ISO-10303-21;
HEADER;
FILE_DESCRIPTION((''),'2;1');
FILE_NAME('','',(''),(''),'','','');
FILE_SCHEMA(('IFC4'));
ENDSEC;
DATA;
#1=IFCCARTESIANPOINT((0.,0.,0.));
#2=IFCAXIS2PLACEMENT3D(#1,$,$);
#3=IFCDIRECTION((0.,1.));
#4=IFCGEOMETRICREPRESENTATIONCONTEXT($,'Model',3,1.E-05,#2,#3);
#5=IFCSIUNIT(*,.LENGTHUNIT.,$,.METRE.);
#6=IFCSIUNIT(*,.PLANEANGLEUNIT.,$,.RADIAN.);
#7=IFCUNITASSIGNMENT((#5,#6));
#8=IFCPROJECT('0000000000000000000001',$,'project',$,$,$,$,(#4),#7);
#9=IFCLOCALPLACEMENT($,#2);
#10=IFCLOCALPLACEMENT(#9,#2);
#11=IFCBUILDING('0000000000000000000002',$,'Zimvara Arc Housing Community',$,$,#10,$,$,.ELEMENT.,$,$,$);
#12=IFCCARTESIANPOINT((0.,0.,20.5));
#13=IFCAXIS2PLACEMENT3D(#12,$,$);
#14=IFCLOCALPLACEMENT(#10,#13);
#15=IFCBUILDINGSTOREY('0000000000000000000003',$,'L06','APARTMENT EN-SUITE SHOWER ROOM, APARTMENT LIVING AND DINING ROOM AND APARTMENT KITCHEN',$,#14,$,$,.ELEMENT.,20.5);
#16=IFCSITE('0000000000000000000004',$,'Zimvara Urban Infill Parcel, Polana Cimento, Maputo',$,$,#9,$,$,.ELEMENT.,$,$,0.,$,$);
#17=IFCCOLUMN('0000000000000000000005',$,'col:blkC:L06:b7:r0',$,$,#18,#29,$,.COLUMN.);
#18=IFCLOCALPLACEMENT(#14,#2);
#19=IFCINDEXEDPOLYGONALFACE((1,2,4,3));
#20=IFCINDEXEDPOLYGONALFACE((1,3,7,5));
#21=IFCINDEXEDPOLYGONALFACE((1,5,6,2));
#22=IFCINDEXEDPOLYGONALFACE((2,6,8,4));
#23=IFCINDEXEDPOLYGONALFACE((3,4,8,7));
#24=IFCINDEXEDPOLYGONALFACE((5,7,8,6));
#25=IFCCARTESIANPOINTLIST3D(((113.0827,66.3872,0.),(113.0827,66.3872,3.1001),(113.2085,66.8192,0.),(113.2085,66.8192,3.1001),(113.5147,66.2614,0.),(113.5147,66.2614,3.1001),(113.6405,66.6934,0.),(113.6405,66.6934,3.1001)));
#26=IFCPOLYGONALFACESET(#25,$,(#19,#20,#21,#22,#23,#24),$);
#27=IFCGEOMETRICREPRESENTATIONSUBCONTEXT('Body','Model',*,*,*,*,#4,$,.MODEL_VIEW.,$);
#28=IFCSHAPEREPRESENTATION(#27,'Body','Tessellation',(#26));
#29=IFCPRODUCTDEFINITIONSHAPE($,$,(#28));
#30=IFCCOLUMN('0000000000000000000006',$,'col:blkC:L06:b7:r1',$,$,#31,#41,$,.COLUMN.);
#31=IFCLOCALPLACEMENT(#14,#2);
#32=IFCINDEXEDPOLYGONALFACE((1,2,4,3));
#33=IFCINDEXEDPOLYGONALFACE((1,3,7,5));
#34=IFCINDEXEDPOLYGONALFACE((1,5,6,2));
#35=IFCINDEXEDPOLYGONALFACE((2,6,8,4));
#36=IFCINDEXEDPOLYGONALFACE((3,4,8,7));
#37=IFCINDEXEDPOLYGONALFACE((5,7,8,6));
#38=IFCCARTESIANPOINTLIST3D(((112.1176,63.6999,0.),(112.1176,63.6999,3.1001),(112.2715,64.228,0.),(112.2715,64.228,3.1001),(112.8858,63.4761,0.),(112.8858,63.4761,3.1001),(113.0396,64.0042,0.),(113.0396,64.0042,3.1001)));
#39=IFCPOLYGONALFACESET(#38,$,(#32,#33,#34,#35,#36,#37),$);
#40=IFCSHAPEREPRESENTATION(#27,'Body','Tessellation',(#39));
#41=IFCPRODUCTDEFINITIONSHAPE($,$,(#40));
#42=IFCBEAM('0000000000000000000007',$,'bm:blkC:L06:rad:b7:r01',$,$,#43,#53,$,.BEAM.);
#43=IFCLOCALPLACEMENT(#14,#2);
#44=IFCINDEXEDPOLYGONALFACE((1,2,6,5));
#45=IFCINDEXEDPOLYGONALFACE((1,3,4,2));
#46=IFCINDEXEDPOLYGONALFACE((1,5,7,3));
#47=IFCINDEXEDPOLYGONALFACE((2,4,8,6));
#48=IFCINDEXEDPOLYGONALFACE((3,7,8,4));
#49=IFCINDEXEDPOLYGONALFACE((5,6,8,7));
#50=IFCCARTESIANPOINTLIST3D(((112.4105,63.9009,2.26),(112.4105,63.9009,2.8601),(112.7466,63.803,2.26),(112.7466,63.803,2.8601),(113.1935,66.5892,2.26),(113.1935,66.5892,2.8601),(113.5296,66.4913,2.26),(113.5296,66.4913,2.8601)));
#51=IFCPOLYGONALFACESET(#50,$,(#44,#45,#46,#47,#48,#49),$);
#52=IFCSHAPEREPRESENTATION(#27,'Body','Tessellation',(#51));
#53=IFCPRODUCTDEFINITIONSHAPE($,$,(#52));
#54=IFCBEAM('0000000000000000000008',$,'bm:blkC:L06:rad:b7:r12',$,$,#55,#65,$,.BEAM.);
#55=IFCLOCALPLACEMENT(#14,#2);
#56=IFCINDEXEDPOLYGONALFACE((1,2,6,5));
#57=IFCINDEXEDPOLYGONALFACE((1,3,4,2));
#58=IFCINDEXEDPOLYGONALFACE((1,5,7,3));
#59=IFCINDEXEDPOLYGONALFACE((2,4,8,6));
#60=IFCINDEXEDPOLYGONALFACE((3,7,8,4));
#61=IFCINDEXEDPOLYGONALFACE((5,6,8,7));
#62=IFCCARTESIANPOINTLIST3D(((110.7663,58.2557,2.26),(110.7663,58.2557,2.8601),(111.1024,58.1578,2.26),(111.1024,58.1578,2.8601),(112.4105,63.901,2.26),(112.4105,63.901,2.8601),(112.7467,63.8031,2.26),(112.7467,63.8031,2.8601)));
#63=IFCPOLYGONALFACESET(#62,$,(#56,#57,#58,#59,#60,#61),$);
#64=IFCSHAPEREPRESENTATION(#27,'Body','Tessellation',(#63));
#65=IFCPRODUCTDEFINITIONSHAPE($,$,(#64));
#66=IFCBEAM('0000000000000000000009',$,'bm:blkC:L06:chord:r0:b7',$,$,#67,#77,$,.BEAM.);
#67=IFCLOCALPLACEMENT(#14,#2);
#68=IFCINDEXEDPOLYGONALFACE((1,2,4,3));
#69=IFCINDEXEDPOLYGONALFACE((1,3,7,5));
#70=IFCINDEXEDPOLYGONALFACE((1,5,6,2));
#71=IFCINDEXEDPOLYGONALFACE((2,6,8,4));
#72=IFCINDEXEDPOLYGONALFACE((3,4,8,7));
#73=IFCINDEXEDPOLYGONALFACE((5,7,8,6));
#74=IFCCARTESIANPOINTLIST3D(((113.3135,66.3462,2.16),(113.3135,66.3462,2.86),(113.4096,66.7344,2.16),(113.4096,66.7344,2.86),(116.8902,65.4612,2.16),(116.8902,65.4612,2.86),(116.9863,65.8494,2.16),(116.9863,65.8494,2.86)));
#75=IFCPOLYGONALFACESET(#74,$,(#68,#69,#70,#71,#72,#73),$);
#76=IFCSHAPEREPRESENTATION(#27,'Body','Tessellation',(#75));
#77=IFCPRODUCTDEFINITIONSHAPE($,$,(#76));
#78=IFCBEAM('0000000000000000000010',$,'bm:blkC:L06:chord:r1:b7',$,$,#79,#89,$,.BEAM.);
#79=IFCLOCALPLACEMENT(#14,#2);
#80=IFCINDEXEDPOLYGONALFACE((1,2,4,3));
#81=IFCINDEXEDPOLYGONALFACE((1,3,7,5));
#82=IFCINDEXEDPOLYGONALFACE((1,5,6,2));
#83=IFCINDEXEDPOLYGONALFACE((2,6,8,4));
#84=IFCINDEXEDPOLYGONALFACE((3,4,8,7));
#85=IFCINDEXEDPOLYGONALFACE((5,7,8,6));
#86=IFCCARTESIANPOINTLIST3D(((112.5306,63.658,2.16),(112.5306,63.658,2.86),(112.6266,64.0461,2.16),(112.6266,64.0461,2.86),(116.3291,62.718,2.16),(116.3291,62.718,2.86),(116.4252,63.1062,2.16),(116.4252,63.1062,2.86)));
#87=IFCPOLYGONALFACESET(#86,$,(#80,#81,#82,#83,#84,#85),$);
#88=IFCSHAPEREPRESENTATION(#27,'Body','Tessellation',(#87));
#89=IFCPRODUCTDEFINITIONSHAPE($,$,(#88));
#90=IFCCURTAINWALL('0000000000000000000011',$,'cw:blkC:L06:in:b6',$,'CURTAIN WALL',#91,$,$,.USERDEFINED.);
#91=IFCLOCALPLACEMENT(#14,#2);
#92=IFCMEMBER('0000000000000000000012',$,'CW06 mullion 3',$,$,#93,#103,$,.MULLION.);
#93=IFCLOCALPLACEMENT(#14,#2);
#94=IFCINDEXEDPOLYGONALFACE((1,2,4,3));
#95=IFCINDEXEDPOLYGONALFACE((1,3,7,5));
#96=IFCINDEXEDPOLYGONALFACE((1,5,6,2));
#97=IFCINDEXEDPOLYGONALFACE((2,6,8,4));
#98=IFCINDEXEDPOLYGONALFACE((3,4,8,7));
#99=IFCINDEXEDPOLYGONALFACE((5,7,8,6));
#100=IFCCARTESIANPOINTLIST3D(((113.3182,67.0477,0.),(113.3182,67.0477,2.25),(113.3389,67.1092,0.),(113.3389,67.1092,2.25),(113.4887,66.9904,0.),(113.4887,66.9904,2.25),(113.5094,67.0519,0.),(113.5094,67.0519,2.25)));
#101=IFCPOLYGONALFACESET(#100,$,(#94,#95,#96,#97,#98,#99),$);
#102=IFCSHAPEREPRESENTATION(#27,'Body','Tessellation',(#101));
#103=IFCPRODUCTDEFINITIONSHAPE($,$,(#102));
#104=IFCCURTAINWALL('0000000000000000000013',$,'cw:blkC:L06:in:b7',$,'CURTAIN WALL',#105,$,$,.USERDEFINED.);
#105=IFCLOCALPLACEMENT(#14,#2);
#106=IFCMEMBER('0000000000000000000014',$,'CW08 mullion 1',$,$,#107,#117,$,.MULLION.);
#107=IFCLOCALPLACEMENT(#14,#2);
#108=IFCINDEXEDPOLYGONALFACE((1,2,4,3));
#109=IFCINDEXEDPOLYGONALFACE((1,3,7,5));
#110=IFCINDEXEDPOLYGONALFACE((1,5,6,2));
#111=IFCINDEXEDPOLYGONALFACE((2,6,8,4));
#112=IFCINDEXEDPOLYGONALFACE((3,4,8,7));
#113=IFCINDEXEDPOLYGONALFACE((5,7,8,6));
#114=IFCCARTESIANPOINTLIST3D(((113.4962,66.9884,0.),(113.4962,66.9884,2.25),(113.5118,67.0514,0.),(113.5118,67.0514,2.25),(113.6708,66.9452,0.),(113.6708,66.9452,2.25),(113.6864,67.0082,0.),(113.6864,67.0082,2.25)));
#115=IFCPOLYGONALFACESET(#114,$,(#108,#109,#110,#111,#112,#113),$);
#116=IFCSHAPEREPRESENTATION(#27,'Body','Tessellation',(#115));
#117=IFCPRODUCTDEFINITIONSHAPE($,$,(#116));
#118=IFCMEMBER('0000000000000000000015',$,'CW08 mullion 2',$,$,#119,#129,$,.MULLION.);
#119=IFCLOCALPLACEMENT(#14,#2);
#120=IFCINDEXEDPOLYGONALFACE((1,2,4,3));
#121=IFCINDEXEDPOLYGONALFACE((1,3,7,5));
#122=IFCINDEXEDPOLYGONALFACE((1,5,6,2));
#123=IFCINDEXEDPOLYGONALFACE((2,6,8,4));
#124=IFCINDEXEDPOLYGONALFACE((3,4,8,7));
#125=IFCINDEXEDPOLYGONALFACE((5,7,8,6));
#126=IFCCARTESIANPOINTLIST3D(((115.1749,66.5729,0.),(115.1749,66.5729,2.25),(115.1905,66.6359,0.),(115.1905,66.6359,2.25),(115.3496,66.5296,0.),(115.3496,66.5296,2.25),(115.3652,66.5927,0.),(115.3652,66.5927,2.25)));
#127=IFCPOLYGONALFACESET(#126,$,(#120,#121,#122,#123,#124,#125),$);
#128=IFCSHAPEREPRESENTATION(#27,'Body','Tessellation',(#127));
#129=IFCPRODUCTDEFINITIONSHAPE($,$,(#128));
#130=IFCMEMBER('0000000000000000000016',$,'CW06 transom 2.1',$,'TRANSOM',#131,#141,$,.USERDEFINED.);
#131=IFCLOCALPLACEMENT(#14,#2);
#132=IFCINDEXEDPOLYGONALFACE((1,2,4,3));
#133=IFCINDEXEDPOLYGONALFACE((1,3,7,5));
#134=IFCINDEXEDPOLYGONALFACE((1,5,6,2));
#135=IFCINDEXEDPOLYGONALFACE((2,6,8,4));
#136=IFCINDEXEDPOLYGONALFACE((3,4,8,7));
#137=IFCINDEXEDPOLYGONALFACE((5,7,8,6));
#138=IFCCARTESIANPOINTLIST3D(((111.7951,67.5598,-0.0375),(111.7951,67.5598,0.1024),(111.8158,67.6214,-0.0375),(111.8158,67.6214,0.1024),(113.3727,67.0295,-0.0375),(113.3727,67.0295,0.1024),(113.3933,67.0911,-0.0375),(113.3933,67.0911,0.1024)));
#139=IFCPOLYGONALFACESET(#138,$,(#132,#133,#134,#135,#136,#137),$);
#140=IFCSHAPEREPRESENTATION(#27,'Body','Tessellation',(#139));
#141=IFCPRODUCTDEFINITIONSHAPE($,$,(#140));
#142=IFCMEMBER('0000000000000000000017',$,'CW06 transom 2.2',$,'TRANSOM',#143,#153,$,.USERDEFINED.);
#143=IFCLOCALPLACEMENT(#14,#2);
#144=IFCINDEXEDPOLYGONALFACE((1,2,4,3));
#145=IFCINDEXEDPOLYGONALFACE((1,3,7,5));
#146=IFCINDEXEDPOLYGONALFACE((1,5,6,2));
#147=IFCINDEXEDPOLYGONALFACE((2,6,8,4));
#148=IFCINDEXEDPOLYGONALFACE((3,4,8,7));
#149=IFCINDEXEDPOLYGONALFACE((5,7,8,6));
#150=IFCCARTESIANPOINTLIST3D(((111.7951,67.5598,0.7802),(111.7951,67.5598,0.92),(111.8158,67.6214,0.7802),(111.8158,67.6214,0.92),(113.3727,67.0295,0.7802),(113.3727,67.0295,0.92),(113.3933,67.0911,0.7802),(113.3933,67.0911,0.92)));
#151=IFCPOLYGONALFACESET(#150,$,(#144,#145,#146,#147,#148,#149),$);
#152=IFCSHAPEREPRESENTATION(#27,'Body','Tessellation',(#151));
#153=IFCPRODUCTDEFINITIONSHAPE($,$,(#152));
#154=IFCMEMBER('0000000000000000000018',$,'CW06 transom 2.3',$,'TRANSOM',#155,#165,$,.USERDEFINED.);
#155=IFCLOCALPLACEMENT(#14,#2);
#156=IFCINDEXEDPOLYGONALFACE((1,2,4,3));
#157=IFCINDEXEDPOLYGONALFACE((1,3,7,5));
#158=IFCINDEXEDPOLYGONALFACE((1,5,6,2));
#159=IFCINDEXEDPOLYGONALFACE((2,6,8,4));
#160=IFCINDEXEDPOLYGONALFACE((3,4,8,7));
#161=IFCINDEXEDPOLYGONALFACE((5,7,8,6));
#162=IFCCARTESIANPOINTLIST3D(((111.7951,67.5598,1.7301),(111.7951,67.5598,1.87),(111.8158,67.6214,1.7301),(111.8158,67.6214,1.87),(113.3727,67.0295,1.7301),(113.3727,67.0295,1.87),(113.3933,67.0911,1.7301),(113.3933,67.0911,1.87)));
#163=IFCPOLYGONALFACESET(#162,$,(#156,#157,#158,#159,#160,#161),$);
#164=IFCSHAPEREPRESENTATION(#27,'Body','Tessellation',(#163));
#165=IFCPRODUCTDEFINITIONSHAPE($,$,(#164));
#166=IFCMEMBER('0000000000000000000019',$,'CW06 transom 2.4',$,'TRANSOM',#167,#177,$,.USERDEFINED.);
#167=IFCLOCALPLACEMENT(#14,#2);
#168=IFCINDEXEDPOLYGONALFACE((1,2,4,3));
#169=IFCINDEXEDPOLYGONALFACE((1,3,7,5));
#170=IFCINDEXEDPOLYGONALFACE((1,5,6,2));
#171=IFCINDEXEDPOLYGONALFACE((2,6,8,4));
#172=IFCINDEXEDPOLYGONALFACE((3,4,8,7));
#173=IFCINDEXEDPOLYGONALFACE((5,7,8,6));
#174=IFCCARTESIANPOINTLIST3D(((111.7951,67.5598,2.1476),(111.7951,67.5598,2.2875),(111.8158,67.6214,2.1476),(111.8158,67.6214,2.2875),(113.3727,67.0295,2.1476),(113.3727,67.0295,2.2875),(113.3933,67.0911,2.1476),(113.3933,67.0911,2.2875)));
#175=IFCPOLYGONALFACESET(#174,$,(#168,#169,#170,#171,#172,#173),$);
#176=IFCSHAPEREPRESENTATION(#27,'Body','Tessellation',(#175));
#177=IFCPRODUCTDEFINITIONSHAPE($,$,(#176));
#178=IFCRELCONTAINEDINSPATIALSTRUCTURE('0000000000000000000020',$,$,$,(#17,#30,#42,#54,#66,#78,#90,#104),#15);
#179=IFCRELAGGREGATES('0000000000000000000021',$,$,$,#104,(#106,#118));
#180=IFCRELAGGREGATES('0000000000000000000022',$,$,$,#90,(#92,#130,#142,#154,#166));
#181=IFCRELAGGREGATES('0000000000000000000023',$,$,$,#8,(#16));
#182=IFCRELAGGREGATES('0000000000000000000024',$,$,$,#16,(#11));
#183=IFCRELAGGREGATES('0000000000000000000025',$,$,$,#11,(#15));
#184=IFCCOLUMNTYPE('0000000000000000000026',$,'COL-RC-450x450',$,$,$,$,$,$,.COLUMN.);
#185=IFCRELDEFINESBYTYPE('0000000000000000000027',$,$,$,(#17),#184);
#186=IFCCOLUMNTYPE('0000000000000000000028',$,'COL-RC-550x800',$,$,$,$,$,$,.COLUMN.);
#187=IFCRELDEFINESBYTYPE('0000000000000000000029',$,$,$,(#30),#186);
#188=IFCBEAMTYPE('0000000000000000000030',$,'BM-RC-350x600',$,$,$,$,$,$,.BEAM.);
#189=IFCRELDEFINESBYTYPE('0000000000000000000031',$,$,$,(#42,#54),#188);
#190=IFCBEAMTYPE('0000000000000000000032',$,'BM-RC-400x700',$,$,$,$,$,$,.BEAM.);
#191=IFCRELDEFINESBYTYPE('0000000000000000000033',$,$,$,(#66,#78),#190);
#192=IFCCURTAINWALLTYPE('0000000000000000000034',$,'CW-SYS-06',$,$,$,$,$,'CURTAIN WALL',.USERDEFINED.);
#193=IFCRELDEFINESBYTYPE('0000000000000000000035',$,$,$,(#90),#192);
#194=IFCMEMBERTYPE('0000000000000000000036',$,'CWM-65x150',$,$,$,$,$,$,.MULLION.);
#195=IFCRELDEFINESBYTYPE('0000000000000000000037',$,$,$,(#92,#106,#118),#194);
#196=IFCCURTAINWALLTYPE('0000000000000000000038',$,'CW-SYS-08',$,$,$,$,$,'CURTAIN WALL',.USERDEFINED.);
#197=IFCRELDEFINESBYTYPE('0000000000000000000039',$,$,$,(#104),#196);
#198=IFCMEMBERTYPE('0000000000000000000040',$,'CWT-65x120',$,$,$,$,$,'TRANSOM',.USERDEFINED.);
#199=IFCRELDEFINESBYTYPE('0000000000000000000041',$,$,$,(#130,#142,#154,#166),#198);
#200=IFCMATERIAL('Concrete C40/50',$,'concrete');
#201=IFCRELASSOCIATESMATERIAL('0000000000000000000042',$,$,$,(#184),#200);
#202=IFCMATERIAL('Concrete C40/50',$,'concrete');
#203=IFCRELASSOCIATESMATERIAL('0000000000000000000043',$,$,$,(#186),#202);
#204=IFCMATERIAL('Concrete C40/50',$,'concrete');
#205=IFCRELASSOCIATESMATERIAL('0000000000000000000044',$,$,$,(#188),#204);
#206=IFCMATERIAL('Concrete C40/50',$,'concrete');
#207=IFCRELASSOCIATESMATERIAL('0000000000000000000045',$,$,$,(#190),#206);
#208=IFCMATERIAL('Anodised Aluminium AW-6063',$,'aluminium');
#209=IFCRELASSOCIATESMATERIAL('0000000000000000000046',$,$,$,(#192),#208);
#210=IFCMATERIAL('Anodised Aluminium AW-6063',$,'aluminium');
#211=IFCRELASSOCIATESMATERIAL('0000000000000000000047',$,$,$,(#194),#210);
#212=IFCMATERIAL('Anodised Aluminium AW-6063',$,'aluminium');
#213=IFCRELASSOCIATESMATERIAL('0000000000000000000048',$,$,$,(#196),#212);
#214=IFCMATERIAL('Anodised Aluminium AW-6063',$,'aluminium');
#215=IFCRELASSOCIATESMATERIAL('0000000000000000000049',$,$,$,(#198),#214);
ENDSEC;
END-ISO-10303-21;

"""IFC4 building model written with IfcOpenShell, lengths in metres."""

from ifc_helpers import new_model, si_unit, direction, frame, origin, origin_2d, place, context, subcontext, project, spatial, rectangle, extrude, material, material_profile, profile_set, type_object, element, aggregate, save


model = new_model("IFC4")

# Units and contexts
model_context = context("Model", 3, precision=1e-05, world=origin(), true_north=direction((0.0, 1.0)))
body_context = subcontext(model_context, "Body", "Model", "MODEL_VIEW")
ifc_project = project(units=[si_unit("LENGTHUNIT", "METRE"), si_unit("PLANEANGLEUNIT", "RADIAN")], contexts=[model_context])

# Site, building, storey
site_placement = place(None, origin())
site = spatial("IfcSite", under=ifc_project, at=site_placement, Name="Zimvara Urban Infill Parcel, Polana Cimento, Maputo", CompositionType="ELEMENT", RefElevation=0.0)
building_placement = place(site_placement, origin())
building = spatial("IfcBuilding", under=site, at=building_placement, Name="Zimvara Arc Housing Community", CompositionType="ELEMENT")
storey_placement = place(building_placement, frame((0.0, 0.0, 20.5)))
storey = spatial("IfcBuildingStorey", under=building, at=storey_placement, Name="L06", Description="APARTMENT EN-SUITE SHOWER ROOM, APARTMENT LIVING AND DINING ROOM AND APARTMENT KITCHEN", CompositionType="ELEMENT", Elevation=20.5)

# Columns
ifc_material_1 = material(Name="Concrete C40/50", Category="concrete")
ifc_material_profile_1 = material_profile(ifc_material_1, rectangle(XDim=0.45, YDim=0.45, at=origin_2d()), Name="RC 450x450")
ifc_profile_set_1 = profile_set([ifc_material_profile_1], Name="Concrete C40/50")
column_type_1 = type_object("IfcColumnType", Name="COL-RC-450x450", PredefinedType="COLUMN", material=ifc_profile_set_1)
column_1_placement = place(storey_placement, frame((113.3616, 66.5403, 0.0), z_axis=(0.0, 0.0, 1.0), x_axis=(-0.279661, -0.960099, 0.0)))
element("IfcColumn", 1, at=column_1_placement, inside=storey, type_object=column_type_1, Name="col:blkC:L06:b7:r0", PredefinedType="COLUMN", context=body_context, shape_type="SweptSolid", body=[
    extrude(rectangle(XDim=0.45, YDim=0.45, at=origin_2d()), origin(), (0.0, 0.0, 1.0), 3.1001),
])
ifc_material_2 = material(Name="Concrete C40/50", Category="concrete")
ifc_material_profile_2 = material_profile(ifc_material_2, rectangle(XDim=0.55, YDim=0.8, at=origin_2d()), Name="RC 550x800")
ifc_profile_set_2 = profile_set([ifc_material_profile_2], Name="Concrete C40/50")
column_type_2 = type_object("IfcColumnType", Name="COL-RC-550x800", PredefinedType="COLUMN", material=ifc_profile_set_2)
column_2_placement = place(storey_placement, frame((112.5786, 63.8521, 0.0), z_axis=(0.0, 0.0, 1.0), x_axis=(-0.279661, -0.960099, 0.0)))
element("IfcColumn", 2, at=column_2_placement, inside=storey, type_object=column_type_2, Name="col:blkC:L06:b7:r1", PredefinedType="COLUMN", context=body_context, shape_type="SweptSolid", body=[
    extrude(rectangle(XDim=0.55, YDim=0.8, at=origin_2d()), origin(), (0.0, 0.0, 1.0), 3.1001),
])

# Beams
ifc_material_3 = material(Name="Concrete C40/50", Category="concrete")
ifc_material_profile_3 = material_profile(ifc_material_3, rectangle(XDim=0.3501, YDim=0.6001, at=origin_2d()), Name="RC 350x600")
ifc_profile_set_3 = profile_set([ifc_material_profile_3], Name="Concrete C40/50")
beam_type_1 = type_object("IfcBeamType", Name="BM-RC-350x600", PredefinedType="BEAM", material=ifc_profile_set_3)
beam_1_placement = place(storey_placement, frame((113.3616, 66.5403, 2.5601), z_axis=(-0.279635, -0.960106, 0.0), x_axis=(0.960106, -0.279635, 0.0)))
element("IfcBeam", 3, at=beam_1_placement, inside=storey, type_object=beam_type_1, Name="bm:blkC:L06:rad:b7:r01", PredefinedType="BEAM", context=body_context, shape_type="SweptSolid", body=[
    extrude(rectangle(XDim=0.3501, YDim=0.6001, at=origin_2d()), origin(), (0.0, 0.0, 1.0), 2.8),
])
beam_2_placement = place(storey_placement, frame((112.5786, 63.8521, 2.5601), z_axis=(-0.279648, -0.960103, 0.0), x_axis=(0.960103, -0.279648, 0.0)))
element("IfcBeam", 4, at=beam_2_placement, inside=storey, type_object=beam_type_1, Name="bm:blkC:L06:rad:b7:r12", PredefinedType="BEAM", context=body_context, shape_type="SweptSolid", body=[
    extrude(rectangle(XDim=0.3501, YDim=0.6001, at=origin_2d()), origin(), (0.0, 0.0, 1.0), 5.8799),
])
ifc_material_4 = material(Name="Concrete C40/50", Category="concrete")
ifc_material_profile_4 = material_profile(ifc_material_4, rectangle(XDim=0.3999, YDim=0.7, at=origin_2d()), Name="RC 400x700")
ifc_profile_set_4 = profile_set([ifc_material_profile_4], Name="Concrete C40/50")
beam_type_2 = type_object("IfcBeamType", Name="BM-RC-400x700", PredefinedType="BEAM", material=ifc_profile_set_4)
beam_3_placement = place(storey_placement, frame((113.3616, 66.5403, 2.51), z_axis=(0.970724, -0.240196, 0.0), x_axis=(0.240196, 0.970724, 0.0)))
element("IfcBeam", 5, at=beam_3_placement, inside=storey, type_object=beam_type_2, Name="bm:blkC:L06:chord:r0:b7", PredefinedType="BEAM", context=body_context, shape_type="SweptSolid", body=[
    extrude(rectangle(XDim=0.3999, YDim=0.7, at=origin_2d()), origin(), (0.0, 0.0, 1.0), 3.6846),
])
beam_4_placement = place(storey_placement, frame((112.5786, 63.8521, 2.51), z_axis=(0.970723, -0.240201, 0.0), x_axis=(0.240201, 0.970723, 0.0)))
element("IfcBeam", 6, at=beam_4_placement, inside=storey, type_object=beam_type_2, Name="bm:blkC:L06:chord:r1:b7", PredefinedType="BEAM", context=body_context, shape_type="SweptSolid", body=[
    extrude(rectangle(XDim=0.3999, YDim=0.7, at=origin_2d()), origin(), (0.0, 0.0, 1.0), 3.9131),
])

# Curtain wall, member
ifc_material_5 = material(Name="Anodised Aluminium AW-6063", Category="aluminium")
curtain_wall_type_1 = type_object("IfcCurtainWallType", Name="CW-SYS-06", ElementType="CURTAIN WALL", PredefinedType="USERDEFINED", material=ifc_material_5)
curtain_wall_1_placement = place(storey_placement, origin())
curtain_wall_1 = element("IfcCurtainWall", 7, at=curtain_wall_1_placement, inside=storey, type_object=curtain_wall_type_1, Name="cw:blkC:L06:in:b6", ObjectType="CURTAIN WALL", PredefinedType="USERDEFINED")
ifc_material_6 = material(Name="Anodised Aluminium AW-6063", Category="aluminium")
ifc_material_profile_5 = material_profile(ifc_material_6, rectangle(XDim=0.0649, YDim=0.1799, at=origin_2d()), Name="ALU 65x180")
ifc_profile_set_5 = profile_set([ifc_material_profile_5], Name="Anodised Aluminium AW-6063")
member_type_1 = type_object("IfcMemberType", Name="CWM-65x150", PredefinedType="MULLION", material=ifc_profile_set_5)
member_1_placement = place(storey_placement, frame((113.4138, 67.0498, 0.0), z_axis=(0.0, 0.0, 1.0), x_axis=(0.31863, 0.947879, 0.0)))
member_1 = element("IfcMember", 8, at=member_1_placement, type_object=member_type_1, Name="CW06 mullion 3", PredefinedType="MULLION", context=body_context, shape_type="SweptSolid", body=[
    extrude(rectangle(XDim=0.0649, YDim=0.1799, at=origin_2d()), origin(), (0.0, 0.0, 1.0), 2.25),
])

# Curtain wall, members
ifc_material_7 = material(Name="Anodised Aluminium AW-6063", Category="aluminium")
curtain_wall_type_2 = type_object("IfcCurtainWallType", Name="CW-SYS-08", ElementType="CURTAIN WALL", PredefinedType="USERDEFINED", material=ifc_material_7)
curtain_wall_2_placement = place(storey_placement, origin())
curtain_wall_2 = element("IfcCurtainWall", 9, at=curtain_wall_2_placement, inside=storey, type_object=curtain_wall_type_2, Name="cw:blkC:L06:in:b7", ObjectType="CURTAIN WALL", PredefinedType="USERDEFINED")
member_2_placement = place(storey_placement, frame((113.5913, 66.9983, 0.0), z_axis=(0.0, 0.0, 1.0), x_axis=(0.240228, 0.970717, 0.0)))
member_2 = element("IfcMember", 10, at=member_2_placement, type_object=member_type_1, Name="CW08 mullion 1", PredefinedType="MULLION", context=body_context, shape_type="SweptSolid", body=[
    extrude(rectangle(XDim=0.0649, YDim=0.1799, at=origin_2d()), origin(), (0.0, 0.0, 1.0), 2.25),
])
member_3_placement = place(storey_placement, frame((115.27, 66.5828, 0.0), z_axis=(0.0, 0.0, 1.0), x_axis=(0.240228, 0.970717, 0.0)))
member_3 = element("IfcMember", 11, at=member_3_placement, type_object=member_type_1, Name="CW08 mullion 2", PredefinedType="MULLION", context=body_context, shape_type="SweptSolid", body=[
    extrude(rectangle(XDim=0.0649, YDim=0.1799, at=origin_2d()), origin(), (0.0, 0.0, 1.0), 2.25),
])

# Members
ifc_material_8 = material(Name="Anodised Aluminium AW-6063", Category="aluminium")
ifc_material_profile_6 = material_profile(ifc_material_8, rectangle(XDim=0.0649, YDim=0.1399, at=origin_2d()), Name="ALU 65x140")
ifc_profile_set_6 = profile_set([ifc_material_profile_6], Name="Anodised Aluminium AW-6063")
member_type_2 = type_object("IfcMemberType", Name="CWT-65x120", ElementType="TRANSOM", PredefinedType="USERDEFINED", material=ifc_profile_set_6)
member_4_placement = place(storey_placement, frame((111.8054, 67.5906, 0.0325), z_axis=(0.947888, -0.318603, 0.0), x_axis=(0.318603, 0.947888, 0.0)))
member_4 = element("IfcMember", 12, at=member_4_placement, type_object=member_type_2, Name="CW06 transom 2.1", ObjectType="TRANSOM", PredefinedType="USERDEFINED", context=body_context, shape_type="SweptSolid", body=[
    extrude(rectangle(XDim=0.0649, YDim=0.1399, at=origin_2d()), origin(), (0.0, 0.0, 1.0), 1.6643),
])
member_5_placement = place(storey_placement, frame((111.8054, 67.5906, 0.8501), z_axis=(0.947888, -0.318603, 0.0), x_axis=(0.318603, 0.947888, 0.0)))
member_5 = element("IfcMember", 13, at=member_5_placement, type_object=member_type_2, Name="CW06 transom 2.2", ObjectType="TRANSOM", PredefinedType="USERDEFINED", context=body_context, shape_type="SweptSolid", body=[
    extrude(rectangle(XDim=0.0649, YDim=0.1399, at=origin_2d()), origin(), (0.0, 0.0, 1.0), 1.6643),
])
member_6_placement = place(storey_placement, frame((111.8054, 67.5906, 1.8), z_axis=(0.947888, -0.318603, 0.0), x_axis=(0.318603, 0.947888, 0.0)))
member_6 = element("IfcMember", 14, at=member_6_placement, type_object=member_type_2, Name="CW06 transom 2.3", ObjectType="TRANSOM", PredefinedType="USERDEFINED", context=body_context, shape_type="SweptSolid", body=[
    extrude(rectangle(XDim=0.0649, YDim=0.1399, at=origin_2d()), origin(), (0.0, 0.0, 1.0), 1.6643),
])
member_7_placement = place(storey_placement, frame((111.8054, 67.5906, 2.2175), z_axis=(0.947888, -0.318603, 0.0), x_axis=(0.318603, 0.947888, 0.0)))
member_7 = element("IfcMember", 15, at=member_7_placement, type_object=member_type_2, Name="CW06 transom 2.4", ObjectType="TRANSOM", PredefinedType="USERDEFINED", context=body_context, shape_type="SweptSolid", body=[
    extrude(rectangle(XDim=0.0649, YDim=0.1399, at=origin_2d()), origin(), (0.0, 0.0, 1.0), 1.6643),
])

aggregate(curtain_wall_2, [member_2, member_3])
aggregate(curtain_wall_1, [member_1, member_4, member_5, member_6, member_7])

save(model, "model.ifc")
